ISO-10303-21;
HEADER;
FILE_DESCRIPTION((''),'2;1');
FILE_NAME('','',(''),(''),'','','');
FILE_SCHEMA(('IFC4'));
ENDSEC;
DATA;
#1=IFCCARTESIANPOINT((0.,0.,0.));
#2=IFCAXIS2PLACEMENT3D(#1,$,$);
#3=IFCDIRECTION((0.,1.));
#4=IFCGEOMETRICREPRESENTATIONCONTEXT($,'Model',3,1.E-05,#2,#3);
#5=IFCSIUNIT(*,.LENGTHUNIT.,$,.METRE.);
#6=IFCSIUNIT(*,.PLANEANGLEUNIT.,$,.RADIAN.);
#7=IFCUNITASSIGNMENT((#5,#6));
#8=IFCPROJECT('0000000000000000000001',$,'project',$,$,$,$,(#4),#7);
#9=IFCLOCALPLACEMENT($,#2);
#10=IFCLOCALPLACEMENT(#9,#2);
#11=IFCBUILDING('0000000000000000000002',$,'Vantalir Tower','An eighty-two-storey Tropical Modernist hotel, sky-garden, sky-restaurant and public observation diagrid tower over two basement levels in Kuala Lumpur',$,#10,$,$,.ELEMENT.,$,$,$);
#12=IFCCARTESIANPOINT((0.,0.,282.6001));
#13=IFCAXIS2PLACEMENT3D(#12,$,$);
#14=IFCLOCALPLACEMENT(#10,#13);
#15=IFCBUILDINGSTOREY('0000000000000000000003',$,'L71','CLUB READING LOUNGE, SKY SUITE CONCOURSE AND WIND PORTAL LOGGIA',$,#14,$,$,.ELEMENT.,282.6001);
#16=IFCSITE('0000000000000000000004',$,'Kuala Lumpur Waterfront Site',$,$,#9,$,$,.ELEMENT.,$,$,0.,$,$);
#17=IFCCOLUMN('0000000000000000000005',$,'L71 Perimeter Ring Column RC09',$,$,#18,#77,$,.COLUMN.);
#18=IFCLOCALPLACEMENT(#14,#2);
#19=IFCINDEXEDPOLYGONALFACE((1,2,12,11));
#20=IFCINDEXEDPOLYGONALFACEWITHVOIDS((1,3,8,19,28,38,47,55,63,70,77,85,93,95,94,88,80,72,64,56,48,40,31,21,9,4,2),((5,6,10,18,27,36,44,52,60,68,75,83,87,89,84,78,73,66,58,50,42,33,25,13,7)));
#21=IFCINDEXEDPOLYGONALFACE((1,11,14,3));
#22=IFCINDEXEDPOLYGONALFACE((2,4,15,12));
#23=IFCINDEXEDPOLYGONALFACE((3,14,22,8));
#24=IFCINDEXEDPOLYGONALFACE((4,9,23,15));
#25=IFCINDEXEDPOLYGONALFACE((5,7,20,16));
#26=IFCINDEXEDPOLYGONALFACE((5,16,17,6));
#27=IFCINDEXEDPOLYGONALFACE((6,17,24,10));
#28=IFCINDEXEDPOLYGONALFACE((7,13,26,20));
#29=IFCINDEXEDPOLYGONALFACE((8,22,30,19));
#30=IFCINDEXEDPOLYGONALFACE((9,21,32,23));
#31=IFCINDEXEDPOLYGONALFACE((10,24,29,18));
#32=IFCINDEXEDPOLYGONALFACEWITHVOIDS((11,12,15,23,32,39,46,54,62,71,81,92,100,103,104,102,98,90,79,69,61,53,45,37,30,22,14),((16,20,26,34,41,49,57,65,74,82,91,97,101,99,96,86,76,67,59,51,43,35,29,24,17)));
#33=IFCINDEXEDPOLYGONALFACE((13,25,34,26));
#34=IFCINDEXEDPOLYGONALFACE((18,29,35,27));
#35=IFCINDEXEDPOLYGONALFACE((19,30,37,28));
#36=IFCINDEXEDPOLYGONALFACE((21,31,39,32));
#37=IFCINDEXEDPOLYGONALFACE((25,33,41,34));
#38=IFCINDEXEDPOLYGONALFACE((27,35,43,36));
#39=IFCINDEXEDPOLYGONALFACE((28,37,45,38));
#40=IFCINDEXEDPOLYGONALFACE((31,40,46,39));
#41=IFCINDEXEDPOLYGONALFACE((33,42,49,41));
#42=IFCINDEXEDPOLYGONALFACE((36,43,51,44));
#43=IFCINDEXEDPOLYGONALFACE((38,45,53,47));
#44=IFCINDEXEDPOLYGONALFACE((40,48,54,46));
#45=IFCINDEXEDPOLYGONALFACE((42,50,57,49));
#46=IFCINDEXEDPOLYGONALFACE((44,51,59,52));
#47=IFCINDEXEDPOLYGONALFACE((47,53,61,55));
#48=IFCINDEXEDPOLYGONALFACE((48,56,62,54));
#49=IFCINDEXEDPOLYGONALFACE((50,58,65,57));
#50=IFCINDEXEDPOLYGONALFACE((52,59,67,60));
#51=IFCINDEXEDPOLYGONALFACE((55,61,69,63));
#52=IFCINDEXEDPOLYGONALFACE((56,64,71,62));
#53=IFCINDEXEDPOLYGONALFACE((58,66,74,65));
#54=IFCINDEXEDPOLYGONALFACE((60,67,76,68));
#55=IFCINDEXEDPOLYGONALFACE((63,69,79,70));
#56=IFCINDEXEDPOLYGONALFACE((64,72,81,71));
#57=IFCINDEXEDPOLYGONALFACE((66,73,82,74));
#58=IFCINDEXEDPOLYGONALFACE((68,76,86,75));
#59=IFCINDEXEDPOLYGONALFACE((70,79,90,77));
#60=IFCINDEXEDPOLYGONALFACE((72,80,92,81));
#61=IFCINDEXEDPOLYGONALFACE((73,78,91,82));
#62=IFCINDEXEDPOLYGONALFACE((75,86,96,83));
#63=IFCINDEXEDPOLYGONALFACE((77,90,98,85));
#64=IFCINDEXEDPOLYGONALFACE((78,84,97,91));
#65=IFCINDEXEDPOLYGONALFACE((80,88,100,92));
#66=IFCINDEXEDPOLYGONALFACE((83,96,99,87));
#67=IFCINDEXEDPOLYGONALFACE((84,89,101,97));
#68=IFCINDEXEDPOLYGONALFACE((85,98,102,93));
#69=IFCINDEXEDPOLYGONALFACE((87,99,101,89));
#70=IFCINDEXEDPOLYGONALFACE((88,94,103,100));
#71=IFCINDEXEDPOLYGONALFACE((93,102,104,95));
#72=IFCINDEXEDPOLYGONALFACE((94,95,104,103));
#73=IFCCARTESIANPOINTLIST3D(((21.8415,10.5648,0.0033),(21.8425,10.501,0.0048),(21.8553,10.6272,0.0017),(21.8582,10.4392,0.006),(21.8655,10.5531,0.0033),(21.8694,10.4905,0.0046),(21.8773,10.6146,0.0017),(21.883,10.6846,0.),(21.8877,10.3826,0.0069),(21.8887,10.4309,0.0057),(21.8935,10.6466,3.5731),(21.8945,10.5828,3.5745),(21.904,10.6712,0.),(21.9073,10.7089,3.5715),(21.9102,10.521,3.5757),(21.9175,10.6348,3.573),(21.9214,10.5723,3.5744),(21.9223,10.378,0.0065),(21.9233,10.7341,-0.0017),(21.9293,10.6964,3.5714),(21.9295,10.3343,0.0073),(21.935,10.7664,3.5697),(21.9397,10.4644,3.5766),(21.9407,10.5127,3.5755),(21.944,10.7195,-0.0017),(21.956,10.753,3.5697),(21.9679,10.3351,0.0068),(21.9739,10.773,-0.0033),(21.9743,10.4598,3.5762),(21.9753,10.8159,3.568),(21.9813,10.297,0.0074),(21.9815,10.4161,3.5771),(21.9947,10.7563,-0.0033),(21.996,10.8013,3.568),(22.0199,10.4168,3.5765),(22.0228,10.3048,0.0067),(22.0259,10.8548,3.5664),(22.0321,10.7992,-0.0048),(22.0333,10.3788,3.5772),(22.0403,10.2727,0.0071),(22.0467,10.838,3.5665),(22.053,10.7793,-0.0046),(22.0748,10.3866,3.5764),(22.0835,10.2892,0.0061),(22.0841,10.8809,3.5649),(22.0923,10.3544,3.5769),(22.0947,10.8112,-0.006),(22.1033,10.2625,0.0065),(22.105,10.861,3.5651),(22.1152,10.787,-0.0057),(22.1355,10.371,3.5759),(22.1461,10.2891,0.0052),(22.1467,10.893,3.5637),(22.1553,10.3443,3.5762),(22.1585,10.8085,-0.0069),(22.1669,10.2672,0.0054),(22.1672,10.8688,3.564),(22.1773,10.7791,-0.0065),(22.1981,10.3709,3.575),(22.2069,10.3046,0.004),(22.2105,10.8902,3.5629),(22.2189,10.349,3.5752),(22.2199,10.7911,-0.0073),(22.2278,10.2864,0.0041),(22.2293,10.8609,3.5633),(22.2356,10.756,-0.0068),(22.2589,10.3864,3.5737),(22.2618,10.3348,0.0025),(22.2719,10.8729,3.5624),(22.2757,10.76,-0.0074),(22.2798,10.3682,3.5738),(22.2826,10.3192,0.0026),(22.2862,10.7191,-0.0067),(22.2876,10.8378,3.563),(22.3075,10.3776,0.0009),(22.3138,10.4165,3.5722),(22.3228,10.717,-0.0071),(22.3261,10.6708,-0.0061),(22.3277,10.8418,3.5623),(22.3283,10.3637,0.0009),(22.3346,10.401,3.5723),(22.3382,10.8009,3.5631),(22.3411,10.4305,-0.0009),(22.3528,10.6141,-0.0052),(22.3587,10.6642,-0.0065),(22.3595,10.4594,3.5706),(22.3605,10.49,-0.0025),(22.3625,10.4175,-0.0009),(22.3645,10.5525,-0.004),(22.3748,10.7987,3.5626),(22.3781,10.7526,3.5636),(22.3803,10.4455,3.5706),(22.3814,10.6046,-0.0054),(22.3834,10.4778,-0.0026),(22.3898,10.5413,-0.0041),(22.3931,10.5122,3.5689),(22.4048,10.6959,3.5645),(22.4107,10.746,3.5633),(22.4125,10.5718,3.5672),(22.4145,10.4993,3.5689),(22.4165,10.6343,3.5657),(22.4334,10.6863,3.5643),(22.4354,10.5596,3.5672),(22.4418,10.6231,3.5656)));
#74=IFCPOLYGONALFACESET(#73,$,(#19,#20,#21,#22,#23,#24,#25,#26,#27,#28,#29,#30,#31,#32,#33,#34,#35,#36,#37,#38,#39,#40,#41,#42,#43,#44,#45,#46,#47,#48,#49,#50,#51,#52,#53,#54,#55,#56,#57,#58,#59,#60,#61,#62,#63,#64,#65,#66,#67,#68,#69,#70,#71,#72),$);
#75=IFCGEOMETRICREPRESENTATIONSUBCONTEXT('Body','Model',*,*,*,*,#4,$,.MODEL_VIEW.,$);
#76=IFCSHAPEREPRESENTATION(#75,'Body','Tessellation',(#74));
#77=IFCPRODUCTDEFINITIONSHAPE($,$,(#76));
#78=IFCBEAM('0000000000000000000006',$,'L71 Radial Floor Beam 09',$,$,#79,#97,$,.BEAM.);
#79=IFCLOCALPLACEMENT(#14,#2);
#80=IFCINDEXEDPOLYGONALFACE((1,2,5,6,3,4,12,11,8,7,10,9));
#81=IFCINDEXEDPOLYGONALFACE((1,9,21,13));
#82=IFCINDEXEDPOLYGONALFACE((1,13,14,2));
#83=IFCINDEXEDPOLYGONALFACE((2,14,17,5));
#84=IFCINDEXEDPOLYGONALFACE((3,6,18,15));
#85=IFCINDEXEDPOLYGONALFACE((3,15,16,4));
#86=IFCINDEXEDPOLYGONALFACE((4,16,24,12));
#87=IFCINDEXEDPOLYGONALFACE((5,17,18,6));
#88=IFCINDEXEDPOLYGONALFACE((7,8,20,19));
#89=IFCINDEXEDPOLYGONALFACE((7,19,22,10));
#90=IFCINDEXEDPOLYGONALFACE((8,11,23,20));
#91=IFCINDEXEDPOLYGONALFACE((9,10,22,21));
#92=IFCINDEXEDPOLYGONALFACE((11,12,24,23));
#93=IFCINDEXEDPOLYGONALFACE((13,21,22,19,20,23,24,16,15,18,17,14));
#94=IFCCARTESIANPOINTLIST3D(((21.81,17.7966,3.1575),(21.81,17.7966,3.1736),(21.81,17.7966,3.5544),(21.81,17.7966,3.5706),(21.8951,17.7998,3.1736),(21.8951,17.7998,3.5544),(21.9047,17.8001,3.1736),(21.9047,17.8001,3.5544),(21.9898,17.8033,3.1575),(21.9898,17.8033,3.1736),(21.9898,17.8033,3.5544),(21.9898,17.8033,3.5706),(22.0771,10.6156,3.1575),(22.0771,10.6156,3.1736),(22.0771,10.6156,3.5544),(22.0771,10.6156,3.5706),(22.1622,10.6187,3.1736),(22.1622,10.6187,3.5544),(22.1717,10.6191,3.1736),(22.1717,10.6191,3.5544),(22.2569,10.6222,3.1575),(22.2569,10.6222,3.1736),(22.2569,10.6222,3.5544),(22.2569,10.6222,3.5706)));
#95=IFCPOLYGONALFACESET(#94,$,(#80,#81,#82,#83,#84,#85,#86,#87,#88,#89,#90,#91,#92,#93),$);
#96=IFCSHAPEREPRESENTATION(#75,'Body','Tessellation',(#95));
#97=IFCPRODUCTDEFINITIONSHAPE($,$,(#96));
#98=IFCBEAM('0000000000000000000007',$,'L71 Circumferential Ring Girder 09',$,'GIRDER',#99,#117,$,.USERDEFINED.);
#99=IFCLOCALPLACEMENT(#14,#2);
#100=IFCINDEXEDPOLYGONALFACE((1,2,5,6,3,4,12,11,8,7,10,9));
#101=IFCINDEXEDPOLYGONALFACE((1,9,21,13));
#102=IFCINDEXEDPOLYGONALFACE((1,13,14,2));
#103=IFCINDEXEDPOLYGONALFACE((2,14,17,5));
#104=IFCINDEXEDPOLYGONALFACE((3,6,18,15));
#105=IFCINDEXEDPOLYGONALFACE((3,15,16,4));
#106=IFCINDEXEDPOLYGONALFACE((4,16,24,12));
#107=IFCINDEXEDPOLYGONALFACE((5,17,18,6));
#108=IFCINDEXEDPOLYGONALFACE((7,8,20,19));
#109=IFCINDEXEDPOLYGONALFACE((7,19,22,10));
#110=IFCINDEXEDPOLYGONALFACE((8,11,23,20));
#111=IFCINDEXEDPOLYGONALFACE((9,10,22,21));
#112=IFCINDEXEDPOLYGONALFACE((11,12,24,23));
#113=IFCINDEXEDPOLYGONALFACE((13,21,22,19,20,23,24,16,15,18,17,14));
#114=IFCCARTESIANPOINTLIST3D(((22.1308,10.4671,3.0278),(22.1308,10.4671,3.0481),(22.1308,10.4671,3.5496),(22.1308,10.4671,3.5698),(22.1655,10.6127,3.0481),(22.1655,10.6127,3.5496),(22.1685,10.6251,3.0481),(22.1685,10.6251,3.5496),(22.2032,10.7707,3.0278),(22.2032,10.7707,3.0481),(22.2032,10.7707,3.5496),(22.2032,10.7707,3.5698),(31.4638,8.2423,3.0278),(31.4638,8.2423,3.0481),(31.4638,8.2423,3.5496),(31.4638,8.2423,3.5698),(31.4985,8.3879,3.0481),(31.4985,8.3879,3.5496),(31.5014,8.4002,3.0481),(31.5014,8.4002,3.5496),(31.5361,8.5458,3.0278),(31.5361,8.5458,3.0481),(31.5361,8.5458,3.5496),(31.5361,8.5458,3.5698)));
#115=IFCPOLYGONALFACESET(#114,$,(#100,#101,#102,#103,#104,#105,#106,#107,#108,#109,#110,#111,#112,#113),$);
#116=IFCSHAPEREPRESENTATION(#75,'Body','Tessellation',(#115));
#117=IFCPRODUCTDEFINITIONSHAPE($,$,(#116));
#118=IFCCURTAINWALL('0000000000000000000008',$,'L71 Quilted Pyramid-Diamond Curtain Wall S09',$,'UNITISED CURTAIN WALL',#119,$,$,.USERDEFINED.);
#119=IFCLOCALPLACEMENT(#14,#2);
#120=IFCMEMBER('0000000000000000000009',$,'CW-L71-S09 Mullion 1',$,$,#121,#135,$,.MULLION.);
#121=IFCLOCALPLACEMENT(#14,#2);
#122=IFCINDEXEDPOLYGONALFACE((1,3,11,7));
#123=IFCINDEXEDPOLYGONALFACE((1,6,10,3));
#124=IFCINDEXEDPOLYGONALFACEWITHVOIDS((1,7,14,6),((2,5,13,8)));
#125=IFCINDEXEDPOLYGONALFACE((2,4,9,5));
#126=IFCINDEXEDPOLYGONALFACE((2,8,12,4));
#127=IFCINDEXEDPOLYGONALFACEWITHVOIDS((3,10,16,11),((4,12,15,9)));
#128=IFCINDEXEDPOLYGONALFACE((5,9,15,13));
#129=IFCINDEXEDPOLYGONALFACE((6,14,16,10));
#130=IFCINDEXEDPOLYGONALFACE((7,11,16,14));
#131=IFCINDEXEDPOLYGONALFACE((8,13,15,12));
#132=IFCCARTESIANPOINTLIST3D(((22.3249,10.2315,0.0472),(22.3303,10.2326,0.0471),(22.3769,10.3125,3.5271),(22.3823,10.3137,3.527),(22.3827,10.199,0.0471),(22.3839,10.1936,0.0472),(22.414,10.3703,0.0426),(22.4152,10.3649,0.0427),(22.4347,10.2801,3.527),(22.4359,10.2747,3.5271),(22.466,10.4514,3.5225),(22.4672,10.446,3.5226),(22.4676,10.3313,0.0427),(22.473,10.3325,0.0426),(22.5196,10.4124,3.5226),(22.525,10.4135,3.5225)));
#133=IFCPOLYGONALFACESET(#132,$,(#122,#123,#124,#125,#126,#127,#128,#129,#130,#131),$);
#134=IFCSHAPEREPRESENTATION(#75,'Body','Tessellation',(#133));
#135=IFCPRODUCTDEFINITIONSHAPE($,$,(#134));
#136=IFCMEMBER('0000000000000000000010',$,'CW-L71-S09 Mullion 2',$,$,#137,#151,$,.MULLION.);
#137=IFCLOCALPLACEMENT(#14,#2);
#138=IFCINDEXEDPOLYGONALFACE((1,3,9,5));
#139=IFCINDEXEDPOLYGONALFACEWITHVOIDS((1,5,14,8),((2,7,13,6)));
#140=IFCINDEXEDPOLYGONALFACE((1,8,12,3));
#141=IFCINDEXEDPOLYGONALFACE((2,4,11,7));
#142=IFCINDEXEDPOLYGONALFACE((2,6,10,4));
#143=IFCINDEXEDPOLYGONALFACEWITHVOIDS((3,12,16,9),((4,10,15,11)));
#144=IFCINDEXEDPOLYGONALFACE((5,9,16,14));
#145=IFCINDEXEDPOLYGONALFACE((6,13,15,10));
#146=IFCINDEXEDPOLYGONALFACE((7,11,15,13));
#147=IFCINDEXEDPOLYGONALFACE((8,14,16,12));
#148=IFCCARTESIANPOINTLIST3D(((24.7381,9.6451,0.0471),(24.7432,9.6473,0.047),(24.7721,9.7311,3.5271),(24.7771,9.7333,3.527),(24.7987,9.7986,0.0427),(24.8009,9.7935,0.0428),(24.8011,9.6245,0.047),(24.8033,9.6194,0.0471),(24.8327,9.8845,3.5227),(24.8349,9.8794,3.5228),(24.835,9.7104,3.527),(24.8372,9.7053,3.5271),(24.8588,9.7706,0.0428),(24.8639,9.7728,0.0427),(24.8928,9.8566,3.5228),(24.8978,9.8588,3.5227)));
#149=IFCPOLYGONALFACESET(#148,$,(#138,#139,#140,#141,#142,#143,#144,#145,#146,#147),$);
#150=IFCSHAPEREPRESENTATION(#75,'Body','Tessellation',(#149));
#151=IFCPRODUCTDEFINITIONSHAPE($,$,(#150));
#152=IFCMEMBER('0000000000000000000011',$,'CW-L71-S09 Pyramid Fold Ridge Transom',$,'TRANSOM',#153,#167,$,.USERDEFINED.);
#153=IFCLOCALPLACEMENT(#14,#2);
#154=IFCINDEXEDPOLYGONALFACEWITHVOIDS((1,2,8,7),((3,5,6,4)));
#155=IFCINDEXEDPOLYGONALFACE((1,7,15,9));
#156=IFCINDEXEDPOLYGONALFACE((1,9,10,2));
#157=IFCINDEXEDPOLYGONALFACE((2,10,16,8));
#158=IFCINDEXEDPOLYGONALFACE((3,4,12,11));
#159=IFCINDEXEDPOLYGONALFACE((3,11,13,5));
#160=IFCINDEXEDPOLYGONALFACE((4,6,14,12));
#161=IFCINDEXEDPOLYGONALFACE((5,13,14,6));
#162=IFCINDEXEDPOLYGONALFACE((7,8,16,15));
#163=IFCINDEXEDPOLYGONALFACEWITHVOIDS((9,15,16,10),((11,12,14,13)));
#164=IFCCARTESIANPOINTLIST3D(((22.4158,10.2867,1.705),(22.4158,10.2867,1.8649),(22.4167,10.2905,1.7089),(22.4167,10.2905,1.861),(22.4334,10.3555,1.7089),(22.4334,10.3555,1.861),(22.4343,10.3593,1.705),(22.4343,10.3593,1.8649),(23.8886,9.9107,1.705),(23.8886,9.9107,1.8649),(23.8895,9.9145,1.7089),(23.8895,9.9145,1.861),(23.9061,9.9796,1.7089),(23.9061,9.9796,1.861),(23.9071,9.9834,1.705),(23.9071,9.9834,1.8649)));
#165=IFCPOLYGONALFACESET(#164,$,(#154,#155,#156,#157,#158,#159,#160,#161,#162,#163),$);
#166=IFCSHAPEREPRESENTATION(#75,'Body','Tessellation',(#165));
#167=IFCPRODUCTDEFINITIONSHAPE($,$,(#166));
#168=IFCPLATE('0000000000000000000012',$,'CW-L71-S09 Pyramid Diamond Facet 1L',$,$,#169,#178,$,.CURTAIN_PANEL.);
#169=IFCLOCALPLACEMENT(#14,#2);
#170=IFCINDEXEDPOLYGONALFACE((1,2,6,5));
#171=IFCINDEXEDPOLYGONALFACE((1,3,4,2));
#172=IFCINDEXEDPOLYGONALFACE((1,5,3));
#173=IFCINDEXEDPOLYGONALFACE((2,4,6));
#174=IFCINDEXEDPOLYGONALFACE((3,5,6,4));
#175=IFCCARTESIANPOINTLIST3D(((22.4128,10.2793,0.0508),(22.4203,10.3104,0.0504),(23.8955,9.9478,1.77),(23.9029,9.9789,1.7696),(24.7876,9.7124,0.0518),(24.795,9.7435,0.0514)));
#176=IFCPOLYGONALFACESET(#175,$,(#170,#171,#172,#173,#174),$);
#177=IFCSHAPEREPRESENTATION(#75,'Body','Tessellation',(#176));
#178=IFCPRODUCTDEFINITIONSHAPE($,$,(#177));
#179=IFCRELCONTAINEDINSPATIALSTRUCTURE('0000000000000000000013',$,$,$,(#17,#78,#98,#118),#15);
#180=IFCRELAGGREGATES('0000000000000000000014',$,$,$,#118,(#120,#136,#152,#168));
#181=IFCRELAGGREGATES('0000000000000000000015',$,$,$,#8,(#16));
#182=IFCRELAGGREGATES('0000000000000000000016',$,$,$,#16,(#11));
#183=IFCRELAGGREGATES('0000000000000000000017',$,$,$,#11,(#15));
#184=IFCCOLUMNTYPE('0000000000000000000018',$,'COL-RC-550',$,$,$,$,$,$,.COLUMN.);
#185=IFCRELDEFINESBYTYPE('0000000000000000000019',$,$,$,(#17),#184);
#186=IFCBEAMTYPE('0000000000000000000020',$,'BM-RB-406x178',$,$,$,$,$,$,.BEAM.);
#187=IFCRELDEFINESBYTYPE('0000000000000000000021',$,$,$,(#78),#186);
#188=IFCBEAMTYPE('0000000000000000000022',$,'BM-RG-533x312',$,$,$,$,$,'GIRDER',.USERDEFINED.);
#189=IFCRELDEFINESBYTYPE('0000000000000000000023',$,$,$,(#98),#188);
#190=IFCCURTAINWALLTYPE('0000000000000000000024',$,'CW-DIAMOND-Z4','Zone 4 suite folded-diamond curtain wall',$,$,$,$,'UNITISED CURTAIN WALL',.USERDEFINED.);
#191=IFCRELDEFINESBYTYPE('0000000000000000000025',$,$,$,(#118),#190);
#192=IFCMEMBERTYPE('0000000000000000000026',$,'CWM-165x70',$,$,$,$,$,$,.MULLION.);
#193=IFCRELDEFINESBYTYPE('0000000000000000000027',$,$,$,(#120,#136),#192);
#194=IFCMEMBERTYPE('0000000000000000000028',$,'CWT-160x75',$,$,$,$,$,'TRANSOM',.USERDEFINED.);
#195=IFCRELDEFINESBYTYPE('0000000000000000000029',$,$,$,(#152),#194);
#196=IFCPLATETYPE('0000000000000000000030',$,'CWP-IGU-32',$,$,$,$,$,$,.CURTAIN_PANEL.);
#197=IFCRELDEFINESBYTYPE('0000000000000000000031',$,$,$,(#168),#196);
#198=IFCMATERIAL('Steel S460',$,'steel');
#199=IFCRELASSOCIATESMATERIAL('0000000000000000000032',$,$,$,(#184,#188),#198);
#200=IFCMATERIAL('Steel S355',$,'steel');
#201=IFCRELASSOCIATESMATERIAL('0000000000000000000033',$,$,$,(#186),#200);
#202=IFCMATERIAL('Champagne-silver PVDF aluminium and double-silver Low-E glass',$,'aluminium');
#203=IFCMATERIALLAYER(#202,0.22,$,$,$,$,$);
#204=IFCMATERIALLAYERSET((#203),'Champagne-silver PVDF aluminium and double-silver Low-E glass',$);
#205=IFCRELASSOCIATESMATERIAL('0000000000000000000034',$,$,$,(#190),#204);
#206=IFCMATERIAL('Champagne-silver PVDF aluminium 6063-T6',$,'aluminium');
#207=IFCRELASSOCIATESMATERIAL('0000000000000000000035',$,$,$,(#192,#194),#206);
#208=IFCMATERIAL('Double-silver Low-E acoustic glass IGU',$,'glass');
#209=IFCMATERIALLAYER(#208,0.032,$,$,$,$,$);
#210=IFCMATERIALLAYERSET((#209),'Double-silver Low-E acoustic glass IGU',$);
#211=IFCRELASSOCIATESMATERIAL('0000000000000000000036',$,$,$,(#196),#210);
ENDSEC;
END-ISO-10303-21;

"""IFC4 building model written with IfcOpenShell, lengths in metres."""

from ifc_helpers import new_model, si_unit, direction, frame, origin, origin_2d, place, context, subcontext, project, spatial, polyline, hollow_rectangle, hollow_circle, i_section, outline, extrude, material, layer, layer_set, material_profile, profile_set, type_object, element, aggregate, save


model = new_model("IFC4")

# Units and contexts
model_context = context("Model", 3, precision=1e-05, world=origin(), true_north=direction((0.0, 1.0)))
body_context = subcontext(model_context, "Body", "Model", "MODEL_VIEW")
ifc_project = project(units=[si_unit("LENGTHUNIT", "METRE"), si_unit("PLANEANGLEUNIT", "RADIAN")], contexts=[model_context])

# Site, building, storey
site_placement = place(None, origin())
site = spatial("IfcSite", under=ifc_project, at=site_placement, Name="Kuala Lumpur Waterfront Site", CompositionType="ELEMENT", RefElevation=0.0)
building_placement = place(site_placement, origin())
building = spatial("IfcBuilding", under=site, at=building_placement, Name="Vantalir Tower", Description="An eighty-two-storey Tropical Modernist hotel, sky-garden, sky-restaurant and public observation diagrid tower over two basement levels in Kuala Lumpur", CompositionType="ELEMENT")
storey_placement = place(building_placement, frame((0.0, 0.0, 282.6001)))
storey = spatial("IfcBuildingStorey", under=building, at=storey_placement, Name="L71", Description="CLUB READING LOUNGE, SKY SUITE CONCOURSE AND WIND PORTAL LOGGIA", CompositionType="ELEMENT", Elevation=282.6001)

# Column
ifc_material_1 = material(Name="Steel S460", Category="steel")
ifc_material_profile_1 = material_profile(ifc_material_1, hollow_circle(Radius=0.2749, WallThickness=0.0249, at=origin_2d()), Name="Steel S460")
ifc_profile_set_1 = profile_set([ifc_material_profile_1], Name="Steel S460")
column_type = type_object("IfcColumnType", Name="COL-RC-550", PredefinedType="COLUMN", material=ifc_profile_set_1)
column_placement = place(storey_placement, frame((22.115, 10.5371, 0.0), z_axis=(0.014562, 0.022902, 0.999632), x_axis=(-0.843869, 0.536549, 0.0)))
element("IfcColumn", 1, at=column_placement, inside=storey, type_object=column_type, Name="L71 Perimeter Ring Column RC09", PredefinedType="COLUMN", context=body_context, shape_type="SweptSolid", body=[
    extrude(hollow_circle(Radius=0.2749, WallThickness=0.0249, at=origin_2d()), origin(), (0.0, 0.0, 1.0), 3.571),
])

# Beams
ifc_material_2 = material(Name="Steel S355", Category="steel")
ifc_material_profile_2 = material_profile(ifc_material_2, i_section(OverallWidth=0.1799, OverallDepth=0.4131, WebThickness=0.0095, FlangeThickness=0.0161, at=origin_2d()), Name="Steel S355")
ifc_profile_set_2 = profile_set([ifc_material_profile_2], Name="Steel S355")
beam_type_1 = type_object("IfcBeamType", Name="BM-RB-406x178", PredefinedType="BEAM", material=ifc_profile_set_2)
beam_1_placement = place(storey_placement, frame((22.167, 10.6189, 3.364), z_axis=(-0.037167, 0.999309, 0.0), x_axis=(-0.999309, -0.037167, 0.0)))
element("IfcBeam", 2, at=beam_1_placement, inside=storey, type_object=beam_type_1, Name="L71 Radial Floor Beam 09", PredefinedType="BEAM", context=body_context, shape_type="SweptSolid", body=[
    extrude(i_section(OverallWidth=0.1799, OverallDepth=0.4131, WebThickness=0.0095, FlangeThickness=0.0161, at=origin_2d()), origin(), (0.0, 0.0, 1.0), 7.186),
])
ifc_material_profile_3 = material_profile(ifc_material_1, i_section(OverallWidth=0.312, OverallDepth=0.542, WebThickness=0.0127, FlangeThickness=0.0203, at=origin_2d()), Name="Steel S460")
ifc_profile_set_3 = profile_set([ifc_material_profile_3], Name="Steel S460")
beam_type_2 = type_object("IfcBeamType", Name="BM-RG-533x312", ElementType="GIRDER", PredefinedType="USERDEFINED", material=ifc_profile_set_3)
beam_2_placement = place(storey_placement, frame((22.167, 10.6189, 3.2988), z_axis=(0.972743, -0.231888, 0.0), x_axis=(0.231888, 0.972743, 0.0)))
element("IfcBeam", 3, at=beam_2_placement, inside=storey, type_object=beam_type_2, Name="L71 Circumferential Ring Girder 09", ObjectType="GIRDER", PredefinedType="USERDEFINED", context=body_context, shape_type="SweptSolid", body=[
    extrude(i_section(OverallWidth=0.312, OverallDepth=0.542, WebThickness=0.0127, FlangeThickness=0.0203, at=origin_2d()), origin(), (0.0, 0.0, 1.0), 9.5945),
])

# Curtain wall, members, plate
ifc_material_3 = material(Name="Champagne-silver PVDF aluminium and double-silver Low-E glass", Category="aluminium")
ifc_layer_1 = layer(ifc_material_3, 0.22)
ifc_layer_set_1 = layer_set([ifc_layer_1], Name="Champagne-silver PVDF aluminium and double-silver Low-E glass")
curtain_wall_type = type_object("IfcCurtainWallType", Name="CW-DIAMOND-Z4", Description="Zone 4 suite folded-diamond curtain wall", ElementType="UNITISED CURTAIN WALL", PredefinedType="USERDEFINED", material=ifc_layer_set_1)
curtain_wall_placement = place(storey_placement, origin())
curtain_wall = element("IfcCurtainWall", 4, at=curtain_wall_placement, inside=storey, type_object=curtain_wall_type, Name="L71 Quilted Pyramid-Diamond Curtain Wall S09", ObjectType="UNITISED CURTAIN WALL", PredefinedType="USERDEFINED")
ifc_material_4 = material(Name="Champagne-silver PVDF aluminium 6063-T6", Category="aluminium")
ifc_material_profile_4 = material_profile(ifc_material_4, hollow_rectangle(XDim=0.0701, YDim=0.165, WallThickness=0.0039, at=origin_2d()), Name="Champagne-silver PVDF aluminium 6063-T6")
ifc_profile_set_4 = profile_set([ifc_material_profile_4], Name="Champagne-silver PVDF aluminium 6063-T6")
member_type_1 = type_object("IfcMemberType", Name="CWM-165x70", PredefinedType="MULLION", material=ifc_profile_set_4)
member_1_placement = place(storey_placement, frame((22.3989, 10.282, 0.0449), z_axis=(0.014937, 0.023283, 0.999617), x_axis=(-0.841672, 0.539989, 0.0)))
member_1 = element("IfcMember", 5, at=member_1_placement, type_object=member_type_1, Name="CW-L71-S09 Mullion 1", PredefinedType="MULLION", context=body_context, shape_type="SweptSolid", body=[
    extrude(hollow_rectangle(XDim=0.0701, YDim=0.165, WallThickness=0.0039, at=origin_2d()), origin(), (0.0, 0.0, 1.0), 3.4812),
])
member_2_placement = place(storey_placement, frame((24.801, 9.709, 0.0449), z_axis=(0.009748, 0.024686, 0.999648), x_axis=(-0.930108, 0.367287, 0.0)))
member_2 = element("IfcMember", 6, at=member_2_placement, type_object=member_type_1, Name="CW-L71-S09 Mullion 2", PredefinedType="MULLION", context=body_context, shape_type="SweptSolid", body=[
    extrude(hollow_rectangle(XDim=0.0701, YDim=0.165, WallThickness=0.0039, at=origin_2d()), origin(), (0.0, 0.0, 1.0), 3.4812),
])
ifc_material_profile_5 = material_profile(ifc_material_4, hollow_rectangle(XDim=0.075, YDim=0.1599, WallThickness=0.0039, at=origin_2d()), Name="Champagne-silver PVDF aluminium 6063-T6")
ifc_profile_set_5 = profile_set([ifc_material_profile_5], Name="Champagne-silver PVDF aluminium 6063-T6")
member_type_2 = type_object("IfcMemberType", Name="CWT-160x75", ElementType="TRANSOM", PredefinedType="USERDEFINED", material=ifc_profile_set_5)
member_3_placement = place(storey_placement, frame((22.425, 10.323, 1.7849), z_axis=(0.968931, -0.247332, 0.0), x_axis=(0.247332, 0.968931, 0.0)))
member_3 = element("IfcMember", 7, at=member_3_placement, type_object=member_type_2, Name="CW-L71-S09 Pyramid Fold Ridge Transom", ObjectType="TRANSOM", PredefinedType="USERDEFINED", context=body_context, shape_type="SweptSolid", body=[
    extrude(hollow_rectangle(XDim=0.075, YDim=0.1599, WallThickness=0.0039, at=origin_2d()), origin(), (0.0, 0.0, 1.0), 1.52),
])
ifc_material_5 = material(Name="Double-silver Low-E acoustic glass IGU", Category="glass")
ifc_layer_2 = layer(ifc_material_5, 0.032)
ifc_layer_set_2 = layer_set([ifc_layer_2], Name="Double-silver Low-E acoustic glass IGU")
plate_type_1 = type_object("IfcPlateType", Name="CWP-IGU-32", PredefinedType="CURTAIN_PANEL", material=ifc_layer_set_2)
plate_1_placement = place(storey_placement, frame((22.4128, 10.2793, 0.0508), z_axis=(-0.232179, -0.97259, 0.012673), x_axis=(0.97267, -0.232193, 0.0004)))
plate_1 = element("IfcPlate", 8, at=plate_1_placement, type_object=plate_type_1, Name="CW-L71-S09 Pyramid Diamond Facet 1L", PredefinedType="CURTAIN_PANEL", context=body_context, shape_type="SweptSolid", body=[
    extrude(outline(polyline([(0.0, 0.0), (2.4415, 0.0), (1.5198, 1.7188), (0.0, 0.0)])), origin(), (0.0, 0.0, -1.0), 0.032),
])
aggregate(curtain_wall, [member_1, member_2, member_3, plate_1])

save(model, "model.ifc")
